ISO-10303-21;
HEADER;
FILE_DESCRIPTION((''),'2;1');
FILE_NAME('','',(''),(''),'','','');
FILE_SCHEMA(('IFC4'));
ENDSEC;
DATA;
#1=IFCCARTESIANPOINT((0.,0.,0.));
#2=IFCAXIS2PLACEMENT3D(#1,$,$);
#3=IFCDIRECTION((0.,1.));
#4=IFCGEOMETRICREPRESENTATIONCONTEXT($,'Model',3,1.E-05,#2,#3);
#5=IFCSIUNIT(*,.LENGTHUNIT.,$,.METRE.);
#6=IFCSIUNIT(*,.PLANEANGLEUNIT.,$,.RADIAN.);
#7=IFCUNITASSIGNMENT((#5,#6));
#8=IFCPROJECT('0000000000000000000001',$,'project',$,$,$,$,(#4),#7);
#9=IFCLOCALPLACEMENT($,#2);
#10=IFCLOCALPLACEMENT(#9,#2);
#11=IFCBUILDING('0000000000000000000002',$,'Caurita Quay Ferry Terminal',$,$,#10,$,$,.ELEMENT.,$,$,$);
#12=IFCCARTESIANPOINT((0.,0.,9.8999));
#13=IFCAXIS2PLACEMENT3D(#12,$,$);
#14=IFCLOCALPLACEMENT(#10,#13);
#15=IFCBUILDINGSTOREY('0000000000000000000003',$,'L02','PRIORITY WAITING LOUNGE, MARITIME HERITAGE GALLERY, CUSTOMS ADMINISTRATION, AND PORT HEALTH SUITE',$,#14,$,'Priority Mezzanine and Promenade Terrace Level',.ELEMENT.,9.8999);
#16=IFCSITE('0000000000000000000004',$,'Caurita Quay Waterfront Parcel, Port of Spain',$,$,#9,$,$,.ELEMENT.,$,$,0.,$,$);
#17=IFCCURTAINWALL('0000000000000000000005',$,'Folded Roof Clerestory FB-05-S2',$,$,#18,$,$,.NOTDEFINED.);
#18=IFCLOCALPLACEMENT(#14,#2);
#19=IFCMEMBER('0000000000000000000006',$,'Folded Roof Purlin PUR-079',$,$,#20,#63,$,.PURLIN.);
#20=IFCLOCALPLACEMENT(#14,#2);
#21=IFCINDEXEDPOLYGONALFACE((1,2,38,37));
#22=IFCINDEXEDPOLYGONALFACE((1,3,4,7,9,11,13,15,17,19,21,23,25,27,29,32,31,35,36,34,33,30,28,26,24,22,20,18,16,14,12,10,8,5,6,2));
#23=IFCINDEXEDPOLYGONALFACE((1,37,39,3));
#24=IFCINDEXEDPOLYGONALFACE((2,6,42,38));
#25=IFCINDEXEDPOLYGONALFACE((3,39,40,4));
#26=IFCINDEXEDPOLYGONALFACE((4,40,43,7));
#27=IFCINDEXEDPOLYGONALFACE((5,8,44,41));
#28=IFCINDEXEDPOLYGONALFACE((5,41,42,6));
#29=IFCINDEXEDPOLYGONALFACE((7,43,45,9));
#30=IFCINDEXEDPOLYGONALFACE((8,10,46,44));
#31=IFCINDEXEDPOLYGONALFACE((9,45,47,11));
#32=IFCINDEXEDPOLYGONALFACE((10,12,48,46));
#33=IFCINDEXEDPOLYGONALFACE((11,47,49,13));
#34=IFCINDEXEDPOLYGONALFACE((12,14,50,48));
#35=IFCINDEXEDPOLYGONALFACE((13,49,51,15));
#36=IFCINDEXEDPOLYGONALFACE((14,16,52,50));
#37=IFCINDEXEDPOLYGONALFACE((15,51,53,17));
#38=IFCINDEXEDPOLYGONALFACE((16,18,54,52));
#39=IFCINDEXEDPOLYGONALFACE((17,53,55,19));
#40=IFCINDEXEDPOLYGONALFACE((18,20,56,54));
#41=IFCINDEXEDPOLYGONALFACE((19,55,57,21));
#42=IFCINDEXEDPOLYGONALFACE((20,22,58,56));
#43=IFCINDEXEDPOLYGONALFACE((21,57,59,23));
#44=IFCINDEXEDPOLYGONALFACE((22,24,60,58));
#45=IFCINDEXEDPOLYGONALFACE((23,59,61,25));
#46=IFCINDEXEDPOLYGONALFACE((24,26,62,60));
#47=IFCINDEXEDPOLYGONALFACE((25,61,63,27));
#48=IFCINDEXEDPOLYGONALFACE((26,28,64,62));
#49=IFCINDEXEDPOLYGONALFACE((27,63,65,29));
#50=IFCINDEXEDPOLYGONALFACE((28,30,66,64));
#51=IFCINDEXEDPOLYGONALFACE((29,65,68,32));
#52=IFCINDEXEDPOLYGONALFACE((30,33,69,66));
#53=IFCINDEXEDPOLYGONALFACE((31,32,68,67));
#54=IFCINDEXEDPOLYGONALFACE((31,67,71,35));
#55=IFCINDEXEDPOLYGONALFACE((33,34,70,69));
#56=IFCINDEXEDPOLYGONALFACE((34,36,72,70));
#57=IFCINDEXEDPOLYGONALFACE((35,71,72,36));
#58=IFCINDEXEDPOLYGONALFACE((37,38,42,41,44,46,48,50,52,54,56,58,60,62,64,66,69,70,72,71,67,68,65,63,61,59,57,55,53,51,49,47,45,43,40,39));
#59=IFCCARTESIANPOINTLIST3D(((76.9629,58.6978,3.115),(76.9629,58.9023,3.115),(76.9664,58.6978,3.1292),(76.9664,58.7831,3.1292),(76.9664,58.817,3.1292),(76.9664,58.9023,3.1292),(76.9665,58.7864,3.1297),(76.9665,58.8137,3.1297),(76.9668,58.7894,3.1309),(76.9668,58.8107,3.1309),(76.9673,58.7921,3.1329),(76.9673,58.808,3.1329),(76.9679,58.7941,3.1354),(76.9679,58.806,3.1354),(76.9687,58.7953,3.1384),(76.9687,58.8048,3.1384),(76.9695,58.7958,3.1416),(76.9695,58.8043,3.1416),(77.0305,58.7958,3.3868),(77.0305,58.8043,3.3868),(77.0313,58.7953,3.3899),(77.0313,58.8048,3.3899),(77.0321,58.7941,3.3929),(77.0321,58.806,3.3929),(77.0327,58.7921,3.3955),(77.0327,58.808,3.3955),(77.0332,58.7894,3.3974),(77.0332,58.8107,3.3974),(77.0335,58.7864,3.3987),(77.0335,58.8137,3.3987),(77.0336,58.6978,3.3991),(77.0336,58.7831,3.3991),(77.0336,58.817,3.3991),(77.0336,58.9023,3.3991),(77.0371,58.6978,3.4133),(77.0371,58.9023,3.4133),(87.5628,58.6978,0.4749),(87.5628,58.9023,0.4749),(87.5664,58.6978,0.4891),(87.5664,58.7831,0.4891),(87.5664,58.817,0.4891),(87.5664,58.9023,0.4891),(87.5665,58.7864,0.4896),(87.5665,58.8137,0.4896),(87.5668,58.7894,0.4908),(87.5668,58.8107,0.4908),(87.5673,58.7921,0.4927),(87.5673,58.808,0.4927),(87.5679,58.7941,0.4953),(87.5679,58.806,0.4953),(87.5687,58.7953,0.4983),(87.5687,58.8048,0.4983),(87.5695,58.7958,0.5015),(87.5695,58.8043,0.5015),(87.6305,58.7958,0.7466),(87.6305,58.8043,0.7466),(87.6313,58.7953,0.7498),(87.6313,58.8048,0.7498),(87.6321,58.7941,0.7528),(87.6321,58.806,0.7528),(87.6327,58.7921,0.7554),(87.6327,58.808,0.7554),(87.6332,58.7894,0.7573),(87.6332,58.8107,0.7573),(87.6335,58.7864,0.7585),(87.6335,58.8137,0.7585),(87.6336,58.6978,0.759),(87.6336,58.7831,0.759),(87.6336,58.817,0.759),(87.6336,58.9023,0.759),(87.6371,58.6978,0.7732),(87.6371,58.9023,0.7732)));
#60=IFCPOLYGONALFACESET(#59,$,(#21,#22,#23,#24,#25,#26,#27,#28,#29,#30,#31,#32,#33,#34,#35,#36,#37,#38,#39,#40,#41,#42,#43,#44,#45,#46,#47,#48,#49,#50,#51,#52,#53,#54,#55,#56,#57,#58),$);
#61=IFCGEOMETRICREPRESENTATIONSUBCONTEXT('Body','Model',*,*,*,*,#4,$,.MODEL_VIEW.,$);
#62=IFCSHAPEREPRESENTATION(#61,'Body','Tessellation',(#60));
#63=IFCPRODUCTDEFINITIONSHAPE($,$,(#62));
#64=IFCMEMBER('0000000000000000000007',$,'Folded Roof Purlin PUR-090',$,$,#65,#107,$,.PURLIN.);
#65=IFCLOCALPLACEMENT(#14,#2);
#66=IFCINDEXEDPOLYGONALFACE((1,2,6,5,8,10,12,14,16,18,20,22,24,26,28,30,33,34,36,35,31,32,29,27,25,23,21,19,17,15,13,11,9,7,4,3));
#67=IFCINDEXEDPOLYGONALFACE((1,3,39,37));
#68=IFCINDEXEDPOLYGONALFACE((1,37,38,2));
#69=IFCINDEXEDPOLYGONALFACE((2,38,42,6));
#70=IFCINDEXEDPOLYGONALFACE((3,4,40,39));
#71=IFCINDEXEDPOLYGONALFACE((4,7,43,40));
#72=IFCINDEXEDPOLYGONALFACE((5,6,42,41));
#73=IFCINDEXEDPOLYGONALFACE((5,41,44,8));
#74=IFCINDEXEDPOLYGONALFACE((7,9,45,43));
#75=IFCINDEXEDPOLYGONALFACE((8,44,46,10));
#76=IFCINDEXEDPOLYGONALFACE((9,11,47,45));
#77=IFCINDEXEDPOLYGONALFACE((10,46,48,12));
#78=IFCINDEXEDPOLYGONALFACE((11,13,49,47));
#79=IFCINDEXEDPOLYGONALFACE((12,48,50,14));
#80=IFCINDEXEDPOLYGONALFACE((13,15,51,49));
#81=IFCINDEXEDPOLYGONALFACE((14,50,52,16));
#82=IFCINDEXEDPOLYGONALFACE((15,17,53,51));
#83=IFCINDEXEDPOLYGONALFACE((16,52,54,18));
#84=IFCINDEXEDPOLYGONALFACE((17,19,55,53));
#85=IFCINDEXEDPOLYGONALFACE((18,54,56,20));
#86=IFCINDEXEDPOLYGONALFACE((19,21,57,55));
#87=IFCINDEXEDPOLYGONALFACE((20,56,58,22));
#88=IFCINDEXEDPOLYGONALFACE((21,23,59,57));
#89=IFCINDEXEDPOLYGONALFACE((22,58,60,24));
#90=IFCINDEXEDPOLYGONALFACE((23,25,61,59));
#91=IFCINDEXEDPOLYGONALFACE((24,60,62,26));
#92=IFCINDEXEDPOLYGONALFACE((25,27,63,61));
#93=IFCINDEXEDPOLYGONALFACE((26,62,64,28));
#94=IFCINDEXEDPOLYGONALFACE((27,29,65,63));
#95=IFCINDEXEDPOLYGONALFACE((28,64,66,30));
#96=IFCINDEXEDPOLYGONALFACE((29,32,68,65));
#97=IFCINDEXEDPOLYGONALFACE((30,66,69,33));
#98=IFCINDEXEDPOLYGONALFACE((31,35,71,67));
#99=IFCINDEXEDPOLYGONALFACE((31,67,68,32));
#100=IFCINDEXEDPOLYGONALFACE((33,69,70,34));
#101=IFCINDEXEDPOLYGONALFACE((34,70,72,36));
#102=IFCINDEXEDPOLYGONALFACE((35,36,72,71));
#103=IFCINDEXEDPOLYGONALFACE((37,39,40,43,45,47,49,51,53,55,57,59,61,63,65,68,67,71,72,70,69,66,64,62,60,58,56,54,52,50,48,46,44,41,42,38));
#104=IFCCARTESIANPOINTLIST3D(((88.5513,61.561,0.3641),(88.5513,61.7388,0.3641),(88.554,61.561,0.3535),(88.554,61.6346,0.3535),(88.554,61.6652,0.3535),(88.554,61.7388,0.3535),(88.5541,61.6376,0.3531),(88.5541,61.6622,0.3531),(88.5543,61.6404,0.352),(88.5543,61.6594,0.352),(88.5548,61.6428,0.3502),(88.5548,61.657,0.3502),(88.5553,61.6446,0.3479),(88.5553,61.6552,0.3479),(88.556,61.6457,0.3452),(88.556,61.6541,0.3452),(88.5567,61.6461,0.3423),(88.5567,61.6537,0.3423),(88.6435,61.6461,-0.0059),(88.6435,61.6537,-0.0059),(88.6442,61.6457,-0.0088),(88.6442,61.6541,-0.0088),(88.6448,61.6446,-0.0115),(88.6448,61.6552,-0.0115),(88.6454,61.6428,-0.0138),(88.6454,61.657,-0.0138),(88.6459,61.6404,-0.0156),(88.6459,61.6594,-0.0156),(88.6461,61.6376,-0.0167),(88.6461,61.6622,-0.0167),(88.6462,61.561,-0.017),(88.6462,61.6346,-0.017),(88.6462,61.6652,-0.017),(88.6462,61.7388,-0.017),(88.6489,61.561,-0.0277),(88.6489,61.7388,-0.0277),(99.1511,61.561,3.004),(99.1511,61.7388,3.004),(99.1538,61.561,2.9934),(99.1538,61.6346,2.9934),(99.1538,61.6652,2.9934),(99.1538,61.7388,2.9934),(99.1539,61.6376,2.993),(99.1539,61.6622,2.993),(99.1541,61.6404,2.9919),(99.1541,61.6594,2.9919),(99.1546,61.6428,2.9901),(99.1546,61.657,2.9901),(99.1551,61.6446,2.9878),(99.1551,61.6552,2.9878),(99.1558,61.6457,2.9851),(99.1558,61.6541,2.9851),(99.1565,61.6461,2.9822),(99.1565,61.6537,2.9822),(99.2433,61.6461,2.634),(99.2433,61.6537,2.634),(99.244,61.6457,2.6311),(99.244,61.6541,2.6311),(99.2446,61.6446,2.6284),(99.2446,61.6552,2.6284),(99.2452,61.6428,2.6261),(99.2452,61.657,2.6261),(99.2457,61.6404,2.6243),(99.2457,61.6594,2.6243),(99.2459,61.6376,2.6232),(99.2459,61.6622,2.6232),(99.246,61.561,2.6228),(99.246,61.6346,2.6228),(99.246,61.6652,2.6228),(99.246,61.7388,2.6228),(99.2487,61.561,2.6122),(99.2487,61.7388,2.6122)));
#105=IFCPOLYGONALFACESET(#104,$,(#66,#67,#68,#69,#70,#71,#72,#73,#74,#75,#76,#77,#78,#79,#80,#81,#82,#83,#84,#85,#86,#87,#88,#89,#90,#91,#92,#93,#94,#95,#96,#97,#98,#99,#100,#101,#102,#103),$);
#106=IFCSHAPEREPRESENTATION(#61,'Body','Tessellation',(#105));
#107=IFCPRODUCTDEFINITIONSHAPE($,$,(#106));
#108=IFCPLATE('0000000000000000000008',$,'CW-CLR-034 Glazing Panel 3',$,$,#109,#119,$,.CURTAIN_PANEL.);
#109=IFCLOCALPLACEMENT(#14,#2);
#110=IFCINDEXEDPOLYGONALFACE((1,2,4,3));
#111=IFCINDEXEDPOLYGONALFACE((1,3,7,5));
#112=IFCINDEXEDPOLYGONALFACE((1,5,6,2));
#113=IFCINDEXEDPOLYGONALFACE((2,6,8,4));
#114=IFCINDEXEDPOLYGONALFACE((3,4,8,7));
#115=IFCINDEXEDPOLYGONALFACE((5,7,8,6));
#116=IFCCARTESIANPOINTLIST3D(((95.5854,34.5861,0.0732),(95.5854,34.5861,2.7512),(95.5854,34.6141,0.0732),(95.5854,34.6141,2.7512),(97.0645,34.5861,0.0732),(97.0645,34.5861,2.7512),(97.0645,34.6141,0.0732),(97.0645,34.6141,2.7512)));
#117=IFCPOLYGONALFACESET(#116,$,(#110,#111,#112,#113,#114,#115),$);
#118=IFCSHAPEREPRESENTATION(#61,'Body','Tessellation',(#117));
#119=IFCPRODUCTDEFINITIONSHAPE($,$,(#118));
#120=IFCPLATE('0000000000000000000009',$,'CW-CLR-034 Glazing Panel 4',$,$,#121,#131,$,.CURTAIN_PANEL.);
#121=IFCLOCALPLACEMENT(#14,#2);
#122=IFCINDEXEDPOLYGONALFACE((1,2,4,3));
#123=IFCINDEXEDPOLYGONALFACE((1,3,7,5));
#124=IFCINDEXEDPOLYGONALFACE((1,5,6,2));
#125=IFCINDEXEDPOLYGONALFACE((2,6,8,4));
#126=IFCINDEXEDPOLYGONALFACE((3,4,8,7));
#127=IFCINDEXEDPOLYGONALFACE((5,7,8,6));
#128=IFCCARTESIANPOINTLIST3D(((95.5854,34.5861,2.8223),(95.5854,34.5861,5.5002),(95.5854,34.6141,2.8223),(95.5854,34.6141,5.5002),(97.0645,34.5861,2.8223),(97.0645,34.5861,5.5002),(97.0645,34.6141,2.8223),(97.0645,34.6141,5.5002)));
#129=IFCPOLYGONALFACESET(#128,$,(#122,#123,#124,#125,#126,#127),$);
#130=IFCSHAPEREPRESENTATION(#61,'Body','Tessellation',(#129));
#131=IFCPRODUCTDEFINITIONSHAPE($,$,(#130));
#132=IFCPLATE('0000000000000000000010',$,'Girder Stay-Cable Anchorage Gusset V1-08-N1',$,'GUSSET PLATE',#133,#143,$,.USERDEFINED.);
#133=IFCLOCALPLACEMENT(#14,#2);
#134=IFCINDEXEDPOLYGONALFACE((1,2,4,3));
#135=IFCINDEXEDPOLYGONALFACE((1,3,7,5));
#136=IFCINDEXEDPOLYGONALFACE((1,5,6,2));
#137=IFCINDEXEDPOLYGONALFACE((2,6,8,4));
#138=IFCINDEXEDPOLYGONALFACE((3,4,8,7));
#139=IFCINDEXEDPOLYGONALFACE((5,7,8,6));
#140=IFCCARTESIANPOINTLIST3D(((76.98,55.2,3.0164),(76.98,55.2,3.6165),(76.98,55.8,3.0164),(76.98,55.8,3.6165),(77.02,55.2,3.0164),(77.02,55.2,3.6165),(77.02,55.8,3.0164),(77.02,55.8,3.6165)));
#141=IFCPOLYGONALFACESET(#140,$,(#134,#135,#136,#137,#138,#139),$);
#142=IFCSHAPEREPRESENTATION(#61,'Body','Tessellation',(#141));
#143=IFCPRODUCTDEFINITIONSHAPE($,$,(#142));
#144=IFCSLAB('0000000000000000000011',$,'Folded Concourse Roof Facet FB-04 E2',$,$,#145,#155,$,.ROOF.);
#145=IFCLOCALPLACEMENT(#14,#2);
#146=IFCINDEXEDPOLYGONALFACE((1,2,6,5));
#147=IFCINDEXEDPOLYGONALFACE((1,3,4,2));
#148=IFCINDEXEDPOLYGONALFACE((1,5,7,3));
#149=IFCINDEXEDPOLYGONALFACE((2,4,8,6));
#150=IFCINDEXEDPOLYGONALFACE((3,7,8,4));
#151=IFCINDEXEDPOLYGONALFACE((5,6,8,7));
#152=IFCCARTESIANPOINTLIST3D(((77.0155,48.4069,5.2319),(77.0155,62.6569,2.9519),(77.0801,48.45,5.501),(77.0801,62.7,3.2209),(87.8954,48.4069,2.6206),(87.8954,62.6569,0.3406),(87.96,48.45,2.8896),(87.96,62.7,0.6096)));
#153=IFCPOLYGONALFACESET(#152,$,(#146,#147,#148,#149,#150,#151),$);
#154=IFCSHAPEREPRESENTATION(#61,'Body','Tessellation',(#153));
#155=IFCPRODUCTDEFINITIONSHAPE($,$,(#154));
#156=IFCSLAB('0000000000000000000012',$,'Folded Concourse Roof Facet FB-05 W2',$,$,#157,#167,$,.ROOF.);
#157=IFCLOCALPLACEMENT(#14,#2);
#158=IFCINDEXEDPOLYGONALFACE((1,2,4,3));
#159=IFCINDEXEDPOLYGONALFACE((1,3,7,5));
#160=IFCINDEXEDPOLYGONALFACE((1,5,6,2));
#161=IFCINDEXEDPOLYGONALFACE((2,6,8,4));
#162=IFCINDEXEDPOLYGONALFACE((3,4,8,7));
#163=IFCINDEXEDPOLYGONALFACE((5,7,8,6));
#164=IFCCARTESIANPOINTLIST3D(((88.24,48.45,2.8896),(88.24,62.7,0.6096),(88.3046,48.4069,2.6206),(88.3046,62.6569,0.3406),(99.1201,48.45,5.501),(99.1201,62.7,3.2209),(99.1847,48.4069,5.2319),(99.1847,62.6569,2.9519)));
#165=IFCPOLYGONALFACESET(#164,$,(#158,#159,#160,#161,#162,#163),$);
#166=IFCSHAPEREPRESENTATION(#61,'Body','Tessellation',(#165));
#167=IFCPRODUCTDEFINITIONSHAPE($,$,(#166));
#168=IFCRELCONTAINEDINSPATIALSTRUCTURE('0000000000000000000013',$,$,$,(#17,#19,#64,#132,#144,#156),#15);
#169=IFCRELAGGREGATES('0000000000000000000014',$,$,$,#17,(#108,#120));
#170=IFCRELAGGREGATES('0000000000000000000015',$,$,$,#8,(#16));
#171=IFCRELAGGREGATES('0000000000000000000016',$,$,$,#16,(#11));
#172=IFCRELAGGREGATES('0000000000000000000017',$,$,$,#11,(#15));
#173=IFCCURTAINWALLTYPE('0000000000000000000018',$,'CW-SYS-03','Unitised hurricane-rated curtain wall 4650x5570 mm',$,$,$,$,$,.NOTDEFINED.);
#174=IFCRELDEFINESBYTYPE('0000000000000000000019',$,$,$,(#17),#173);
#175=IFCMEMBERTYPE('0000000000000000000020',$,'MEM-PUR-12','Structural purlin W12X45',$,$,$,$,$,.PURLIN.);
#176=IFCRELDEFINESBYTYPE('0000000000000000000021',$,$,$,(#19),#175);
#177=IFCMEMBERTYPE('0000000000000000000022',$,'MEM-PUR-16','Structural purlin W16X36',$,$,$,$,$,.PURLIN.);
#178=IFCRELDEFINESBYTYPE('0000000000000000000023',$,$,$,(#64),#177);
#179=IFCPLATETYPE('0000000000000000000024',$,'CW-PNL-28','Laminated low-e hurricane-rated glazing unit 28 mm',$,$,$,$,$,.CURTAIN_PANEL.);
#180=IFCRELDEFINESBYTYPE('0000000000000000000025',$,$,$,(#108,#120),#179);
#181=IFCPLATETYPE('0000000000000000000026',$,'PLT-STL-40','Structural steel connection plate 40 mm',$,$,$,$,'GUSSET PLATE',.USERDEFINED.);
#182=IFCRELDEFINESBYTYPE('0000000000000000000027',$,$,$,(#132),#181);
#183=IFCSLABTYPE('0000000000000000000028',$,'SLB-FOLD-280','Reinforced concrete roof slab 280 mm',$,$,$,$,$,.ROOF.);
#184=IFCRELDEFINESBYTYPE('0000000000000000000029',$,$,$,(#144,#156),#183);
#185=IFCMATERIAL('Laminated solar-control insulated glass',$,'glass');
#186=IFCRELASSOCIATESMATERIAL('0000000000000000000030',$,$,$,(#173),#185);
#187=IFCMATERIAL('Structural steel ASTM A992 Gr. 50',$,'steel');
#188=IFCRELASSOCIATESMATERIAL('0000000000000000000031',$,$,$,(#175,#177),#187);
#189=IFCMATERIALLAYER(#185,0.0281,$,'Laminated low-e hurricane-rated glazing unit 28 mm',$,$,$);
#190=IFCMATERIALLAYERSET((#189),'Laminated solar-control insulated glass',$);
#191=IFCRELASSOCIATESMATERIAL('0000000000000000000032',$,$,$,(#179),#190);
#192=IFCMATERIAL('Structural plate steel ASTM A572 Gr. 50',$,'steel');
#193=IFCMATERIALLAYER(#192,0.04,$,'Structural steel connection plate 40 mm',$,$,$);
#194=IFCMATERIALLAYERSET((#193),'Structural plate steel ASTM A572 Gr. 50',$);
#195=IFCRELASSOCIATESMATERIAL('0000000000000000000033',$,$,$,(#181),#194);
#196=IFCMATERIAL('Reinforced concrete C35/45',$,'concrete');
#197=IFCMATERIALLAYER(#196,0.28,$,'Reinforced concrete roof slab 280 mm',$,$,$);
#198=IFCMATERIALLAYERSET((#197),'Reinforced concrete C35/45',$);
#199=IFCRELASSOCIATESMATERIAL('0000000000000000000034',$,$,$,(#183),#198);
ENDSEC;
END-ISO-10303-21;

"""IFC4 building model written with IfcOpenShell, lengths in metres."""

from ifc_helpers import new_model, si_unit, direction, frame, origin, origin_2d, place, context, subcontext, project, spatial, polyline, rectangle, i_section, outline, extrude, material, layer, layer_set, material_profile, profile_set, type_object, element, aggregate, save


model = new_model("IFC4")

# Units and contexts
model_context = context("Model", 3, precision=1e-05, world=origin(), true_north=direction((0.0, 1.0)))
body_context = subcontext(model_context, "Body", "Model", "MODEL_VIEW")
ifc_project = project(units=[si_unit("LENGTHUNIT", "METRE"), si_unit("PLANEANGLEUNIT", "RADIAN")], contexts=[model_context])

# Site, building, storey
site_placement = place(None, origin())
site = spatial("IfcSite", under=ifc_project, at=site_placement, Name="Caurita Quay Waterfront Parcel, Port of Spain", CompositionType="ELEMENT", RefElevation=0.0)
building_placement = place(site_placement, origin())
building = spatial("IfcBuilding", under=site, at=building_placement, Name="Caurita Quay Ferry Terminal", CompositionType="ELEMENT")
storey_placement = place(building_placement, frame((0.0, 0.0, 9.8999)))
storey = spatial("IfcBuildingStorey", under=building, at=storey_placement, Name="L02", Description="PRIORITY WAITING LOUNGE, MARITIME HERITAGE GALLERY, CUSTOMS ADMINISTRATION, AND PORT HEALTH SUITE", LongName="Priority Mezzanine and Promenade Terrace Level", CompositionType="ELEMENT", Elevation=9.8999)

# Shared definitions
ifc_material_1 = material(Name="Structural steel ASTM A992 Gr. 50", Category="steel")

# Shared definitions
ifc_material_2 = material(Name="Laminated solar-control insulated glass", Category="glass")

# Curtain wall
curtain_wall_type_1 = type_object("IfcCurtainWallType", Name="CW-SYS-03", Description="Unitised hurricane-rated curtain wall 4650x5570 mm", PredefinedType="NOTDEFINED", material=ifc_material_2)
curtain_wall_1_placement = place(storey_placement, origin())
curtain_wall_1 = element("IfcCurtainWall", 1, at=curtain_wall_1_placement, inside=storey, type_object=curtain_wall_type_1, Name="Folded Roof Clerestory FB-05-S2", PredefinedType="NOTDEFINED")

# Members
ifc_material_profile_1 = material_profile(ifc_material_1, i_section(OverallWidth=0.2046, OverallDepth=0.3074, WebThickness=0.0085, FlangeThickness=0.0146, FilletRadius=0.0127, at=origin_2d()), Name="W12X45")
ifc_profile_set_1 = profile_set([ifc_material_profile_1], Name="Structural steel ASTM A992 Gr. 50")
member_type_1 = type_object("IfcMemberType", Name="MEM-PUR-12", Description="Structural purlin W12X45", PredefinedType="PURLIN", material=ifc_profile_set_1)
member_1_placement = place(storey_placement, frame((77.0, 58.8, 3.2642), z_axis=(0.970355, 0.0, -0.241684), x_axis=(0.0, 1.0, 0.0)))
element("IfcMember", 2, at=member_1_placement, inside=storey, type_object=member_type_1, Name="Folded Roof Purlin PUR-079", PredefinedType="PURLIN", context=body_context, shape_type="SweptSolid", body=[
    extrude(i_section(OverallWidth=0.2046, OverallDepth=0.3074, WebThickness=0.0085, FlangeThickness=0.0146, FilletRadius=0.0127, at=origin_2d()), origin(), (0.0, 0.0, 1.0), 10.9238),
])
ifc_material_profile_2 = material_profile(ifc_material_1, i_section(OverallWidth=0.1777, OverallDepth=0.4038, WebThickness=0.0076, FlangeThickness=0.011, FilletRadius=0.0115, at=origin_2d()), Name="W16X36")
ifc_profile_set_2 = profile_set([ifc_material_profile_2], Name="Structural steel ASTM A992 Gr. 50")
member_type_2 = type_object("IfcMemberType", Name="MEM-PUR-16", Description="Structural purlin W16X36", PredefinedType="PURLIN", material=ifc_profile_set_2)
member_2_placement = place(storey_placement, frame((88.6001, 61.6499, 0.1682), z_axis=(0.970359, 0.0, 0.241668), x_axis=(0.0, 1.0, 0.0)))
element("IfcMember", 3, at=member_2_placement, inside=storey, type_object=member_type_2, Name="Folded Roof Purlin PUR-090", PredefinedType="PURLIN", context=body_context, shape_type="SweptSolid", body=[
    extrude(i_section(OverallWidth=0.1777, OverallDepth=0.4038, WebThickness=0.0076, FlangeThickness=0.011, FilletRadius=0.0115, at=origin_2d()), origin(), (0.0, 0.0, 1.0), 10.9236),
])

# Plates
ifc_layer_1 = layer(ifc_material_2, 0.0281, Name="Laminated low-e hurricane-rated glazing unit 28 mm")
ifc_layer_set_1 = layer_set([ifc_layer_1], Name="Laminated solar-control insulated glass")
plate_type_1 = type_object("IfcPlateType", Name="CW-PNL-28", Description="Laminated low-e hurricane-rated glazing unit 28 mm", PredefinedType="CURTAIN_PANEL", material=ifc_layer_set_1)
plate_1_placement = place(storey_placement, frame((96.325, 34.6001, 0.0732), z_axis=(0.0, 0.0, 1.0), x_axis=(1.0, 0.0, 0.0)))
plate_1 = element("IfcPlate", 4, at=plate_1_placement, type_object=plate_type_1, Name="CW-CLR-034 Glazing Panel 3", PredefinedType="CURTAIN_PANEL", context=body_context, shape_type="SweptSolid", body=[
    extrude(rectangle(XDim=1.479, YDim=0.0281, at=origin_2d()), origin(), (0.0, 0.0, 1.0), 2.678),
])
plate_2_placement = place(storey_placement, frame((96.325, 34.6001, 2.8223), z_axis=(0.0, 0.0, 1.0), x_axis=(1.0, 0.0, 0.0)))
plate_2 = element("IfcPlate", 5, at=plate_2_placement, type_object=plate_type_1, Name="CW-CLR-034 Glazing Panel 4", PredefinedType="CURTAIN_PANEL", context=body_context, shape_type="SweptSolid", body=[
    extrude(rectangle(XDim=1.479, YDim=0.0281, at=origin_2d()), origin(), (0.0, 0.0, 1.0), 2.678),
])
aggregate(curtain_wall_1, [plate_1, plate_2])
ifc_material_3 = material(Name="Structural plate steel ASTM A572 Gr. 50", Category="steel")
ifc_layer_2 = layer(ifc_material_3, 0.04, Name="Structural steel connection plate 40 mm")
ifc_layer_set_2 = layer_set([ifc_layer_2], Name="Structural plate steel ASTM A572 Gr. 50")
plate_type_2 = type_object("IfcPlateType", Name="PLT-STL-40", Description="Structural steel connection plate 40 mm", ElementType="GUSSET PLATE", PredefinedType="USERDEFINED", material=ifc_layer_set_2)
plate_3_placement = place(storey_placement, frame((77.0, 55.5, 3.0164), z_axis=(0.0, 0.0, 1.0), x_axis=(1.0, 0.0, 0.0)))
element("IfcPlate", 6, at=plate_3_placement, inside=storey, type_object=plate_type_2, Name="Girder Stay-Cable Anchorage Gusset V1-08-N1", ObjectType="GUSSET PLATE", PredefinedType="USERDEFINED", context=body_context, shape_type="SweptSolid", body=[
    extrude(rectangle(XDim=0.04, YDim=0.6001, at=origin_2d()), origin(), (0.0, 0.0, 1.0), 0.6001),
])

# Slabs
ifc_material_4 = material(Name="Reinforced concrete C35/45", Category="concrete")
ifc_layer_3 = layer(ifc_material_4, 0.28, Name="Reinforced concrete roof slab 280 mm")
ifc_layer_set_3 = layer_set([ifc_layer_3], Name="Reinforced concrete C35/45")
slab_type = type_object("IfcSlabType", Name="SLB-FOLD-280", Description="Reinforced concrete roof slab 280 mm", PredefinedType="ROOF", material=ifc_layer_set_3)
slab_1_placement = place(storey_placement, frame((77.0801, 48.45, 5.501), z_axis=(0.230612, 0.153734, 0.960825), x_axis=(0.972384, 0.0, -0.233386)))
element("IfcSlab", 7, at=slab_1_placement, inside=storey, type_object=slab_type, Name="Folded Concourse Roof Facet FB-04 E2", PredefinedType="ROOF", context=body_context, shape_type="SweptSolid", body=[
    extrude(outline(polyline([(0.0, 0.0), (11.1889, 0.0), (11.721, 14.4214), (0.5321, 14.4214), (0.0, 0.0)])), origin(), (0.0, 0.0, -1.0), 0.28),
])
slab_2_placement = place(storey_placement, frame((88.24, 48.45, 2.8896), z_axis=(-0.230607, 0.153734, 0.960826), x_axis=(0.972385, 0.0, 0.233381)))
element("IfcSlab", 8, at=slab_2_placement, inside=storey, type_object=slab_type, Name="Folded Concourse Roof Facet FB-05 W2", PredefinedType="ROOF", context=body_context, shape_type="SweptSolid", body=[
    extrude(outline(polyline([(0.0, 0.0), (11.1891, 0.0), (10.657, 14.4214), (-0.5321, 14.4214), (0.0, 0.0)])), origin(), (0.0, 0.0, -1.0), 0.28),
])

save(model, "model.ifc")
